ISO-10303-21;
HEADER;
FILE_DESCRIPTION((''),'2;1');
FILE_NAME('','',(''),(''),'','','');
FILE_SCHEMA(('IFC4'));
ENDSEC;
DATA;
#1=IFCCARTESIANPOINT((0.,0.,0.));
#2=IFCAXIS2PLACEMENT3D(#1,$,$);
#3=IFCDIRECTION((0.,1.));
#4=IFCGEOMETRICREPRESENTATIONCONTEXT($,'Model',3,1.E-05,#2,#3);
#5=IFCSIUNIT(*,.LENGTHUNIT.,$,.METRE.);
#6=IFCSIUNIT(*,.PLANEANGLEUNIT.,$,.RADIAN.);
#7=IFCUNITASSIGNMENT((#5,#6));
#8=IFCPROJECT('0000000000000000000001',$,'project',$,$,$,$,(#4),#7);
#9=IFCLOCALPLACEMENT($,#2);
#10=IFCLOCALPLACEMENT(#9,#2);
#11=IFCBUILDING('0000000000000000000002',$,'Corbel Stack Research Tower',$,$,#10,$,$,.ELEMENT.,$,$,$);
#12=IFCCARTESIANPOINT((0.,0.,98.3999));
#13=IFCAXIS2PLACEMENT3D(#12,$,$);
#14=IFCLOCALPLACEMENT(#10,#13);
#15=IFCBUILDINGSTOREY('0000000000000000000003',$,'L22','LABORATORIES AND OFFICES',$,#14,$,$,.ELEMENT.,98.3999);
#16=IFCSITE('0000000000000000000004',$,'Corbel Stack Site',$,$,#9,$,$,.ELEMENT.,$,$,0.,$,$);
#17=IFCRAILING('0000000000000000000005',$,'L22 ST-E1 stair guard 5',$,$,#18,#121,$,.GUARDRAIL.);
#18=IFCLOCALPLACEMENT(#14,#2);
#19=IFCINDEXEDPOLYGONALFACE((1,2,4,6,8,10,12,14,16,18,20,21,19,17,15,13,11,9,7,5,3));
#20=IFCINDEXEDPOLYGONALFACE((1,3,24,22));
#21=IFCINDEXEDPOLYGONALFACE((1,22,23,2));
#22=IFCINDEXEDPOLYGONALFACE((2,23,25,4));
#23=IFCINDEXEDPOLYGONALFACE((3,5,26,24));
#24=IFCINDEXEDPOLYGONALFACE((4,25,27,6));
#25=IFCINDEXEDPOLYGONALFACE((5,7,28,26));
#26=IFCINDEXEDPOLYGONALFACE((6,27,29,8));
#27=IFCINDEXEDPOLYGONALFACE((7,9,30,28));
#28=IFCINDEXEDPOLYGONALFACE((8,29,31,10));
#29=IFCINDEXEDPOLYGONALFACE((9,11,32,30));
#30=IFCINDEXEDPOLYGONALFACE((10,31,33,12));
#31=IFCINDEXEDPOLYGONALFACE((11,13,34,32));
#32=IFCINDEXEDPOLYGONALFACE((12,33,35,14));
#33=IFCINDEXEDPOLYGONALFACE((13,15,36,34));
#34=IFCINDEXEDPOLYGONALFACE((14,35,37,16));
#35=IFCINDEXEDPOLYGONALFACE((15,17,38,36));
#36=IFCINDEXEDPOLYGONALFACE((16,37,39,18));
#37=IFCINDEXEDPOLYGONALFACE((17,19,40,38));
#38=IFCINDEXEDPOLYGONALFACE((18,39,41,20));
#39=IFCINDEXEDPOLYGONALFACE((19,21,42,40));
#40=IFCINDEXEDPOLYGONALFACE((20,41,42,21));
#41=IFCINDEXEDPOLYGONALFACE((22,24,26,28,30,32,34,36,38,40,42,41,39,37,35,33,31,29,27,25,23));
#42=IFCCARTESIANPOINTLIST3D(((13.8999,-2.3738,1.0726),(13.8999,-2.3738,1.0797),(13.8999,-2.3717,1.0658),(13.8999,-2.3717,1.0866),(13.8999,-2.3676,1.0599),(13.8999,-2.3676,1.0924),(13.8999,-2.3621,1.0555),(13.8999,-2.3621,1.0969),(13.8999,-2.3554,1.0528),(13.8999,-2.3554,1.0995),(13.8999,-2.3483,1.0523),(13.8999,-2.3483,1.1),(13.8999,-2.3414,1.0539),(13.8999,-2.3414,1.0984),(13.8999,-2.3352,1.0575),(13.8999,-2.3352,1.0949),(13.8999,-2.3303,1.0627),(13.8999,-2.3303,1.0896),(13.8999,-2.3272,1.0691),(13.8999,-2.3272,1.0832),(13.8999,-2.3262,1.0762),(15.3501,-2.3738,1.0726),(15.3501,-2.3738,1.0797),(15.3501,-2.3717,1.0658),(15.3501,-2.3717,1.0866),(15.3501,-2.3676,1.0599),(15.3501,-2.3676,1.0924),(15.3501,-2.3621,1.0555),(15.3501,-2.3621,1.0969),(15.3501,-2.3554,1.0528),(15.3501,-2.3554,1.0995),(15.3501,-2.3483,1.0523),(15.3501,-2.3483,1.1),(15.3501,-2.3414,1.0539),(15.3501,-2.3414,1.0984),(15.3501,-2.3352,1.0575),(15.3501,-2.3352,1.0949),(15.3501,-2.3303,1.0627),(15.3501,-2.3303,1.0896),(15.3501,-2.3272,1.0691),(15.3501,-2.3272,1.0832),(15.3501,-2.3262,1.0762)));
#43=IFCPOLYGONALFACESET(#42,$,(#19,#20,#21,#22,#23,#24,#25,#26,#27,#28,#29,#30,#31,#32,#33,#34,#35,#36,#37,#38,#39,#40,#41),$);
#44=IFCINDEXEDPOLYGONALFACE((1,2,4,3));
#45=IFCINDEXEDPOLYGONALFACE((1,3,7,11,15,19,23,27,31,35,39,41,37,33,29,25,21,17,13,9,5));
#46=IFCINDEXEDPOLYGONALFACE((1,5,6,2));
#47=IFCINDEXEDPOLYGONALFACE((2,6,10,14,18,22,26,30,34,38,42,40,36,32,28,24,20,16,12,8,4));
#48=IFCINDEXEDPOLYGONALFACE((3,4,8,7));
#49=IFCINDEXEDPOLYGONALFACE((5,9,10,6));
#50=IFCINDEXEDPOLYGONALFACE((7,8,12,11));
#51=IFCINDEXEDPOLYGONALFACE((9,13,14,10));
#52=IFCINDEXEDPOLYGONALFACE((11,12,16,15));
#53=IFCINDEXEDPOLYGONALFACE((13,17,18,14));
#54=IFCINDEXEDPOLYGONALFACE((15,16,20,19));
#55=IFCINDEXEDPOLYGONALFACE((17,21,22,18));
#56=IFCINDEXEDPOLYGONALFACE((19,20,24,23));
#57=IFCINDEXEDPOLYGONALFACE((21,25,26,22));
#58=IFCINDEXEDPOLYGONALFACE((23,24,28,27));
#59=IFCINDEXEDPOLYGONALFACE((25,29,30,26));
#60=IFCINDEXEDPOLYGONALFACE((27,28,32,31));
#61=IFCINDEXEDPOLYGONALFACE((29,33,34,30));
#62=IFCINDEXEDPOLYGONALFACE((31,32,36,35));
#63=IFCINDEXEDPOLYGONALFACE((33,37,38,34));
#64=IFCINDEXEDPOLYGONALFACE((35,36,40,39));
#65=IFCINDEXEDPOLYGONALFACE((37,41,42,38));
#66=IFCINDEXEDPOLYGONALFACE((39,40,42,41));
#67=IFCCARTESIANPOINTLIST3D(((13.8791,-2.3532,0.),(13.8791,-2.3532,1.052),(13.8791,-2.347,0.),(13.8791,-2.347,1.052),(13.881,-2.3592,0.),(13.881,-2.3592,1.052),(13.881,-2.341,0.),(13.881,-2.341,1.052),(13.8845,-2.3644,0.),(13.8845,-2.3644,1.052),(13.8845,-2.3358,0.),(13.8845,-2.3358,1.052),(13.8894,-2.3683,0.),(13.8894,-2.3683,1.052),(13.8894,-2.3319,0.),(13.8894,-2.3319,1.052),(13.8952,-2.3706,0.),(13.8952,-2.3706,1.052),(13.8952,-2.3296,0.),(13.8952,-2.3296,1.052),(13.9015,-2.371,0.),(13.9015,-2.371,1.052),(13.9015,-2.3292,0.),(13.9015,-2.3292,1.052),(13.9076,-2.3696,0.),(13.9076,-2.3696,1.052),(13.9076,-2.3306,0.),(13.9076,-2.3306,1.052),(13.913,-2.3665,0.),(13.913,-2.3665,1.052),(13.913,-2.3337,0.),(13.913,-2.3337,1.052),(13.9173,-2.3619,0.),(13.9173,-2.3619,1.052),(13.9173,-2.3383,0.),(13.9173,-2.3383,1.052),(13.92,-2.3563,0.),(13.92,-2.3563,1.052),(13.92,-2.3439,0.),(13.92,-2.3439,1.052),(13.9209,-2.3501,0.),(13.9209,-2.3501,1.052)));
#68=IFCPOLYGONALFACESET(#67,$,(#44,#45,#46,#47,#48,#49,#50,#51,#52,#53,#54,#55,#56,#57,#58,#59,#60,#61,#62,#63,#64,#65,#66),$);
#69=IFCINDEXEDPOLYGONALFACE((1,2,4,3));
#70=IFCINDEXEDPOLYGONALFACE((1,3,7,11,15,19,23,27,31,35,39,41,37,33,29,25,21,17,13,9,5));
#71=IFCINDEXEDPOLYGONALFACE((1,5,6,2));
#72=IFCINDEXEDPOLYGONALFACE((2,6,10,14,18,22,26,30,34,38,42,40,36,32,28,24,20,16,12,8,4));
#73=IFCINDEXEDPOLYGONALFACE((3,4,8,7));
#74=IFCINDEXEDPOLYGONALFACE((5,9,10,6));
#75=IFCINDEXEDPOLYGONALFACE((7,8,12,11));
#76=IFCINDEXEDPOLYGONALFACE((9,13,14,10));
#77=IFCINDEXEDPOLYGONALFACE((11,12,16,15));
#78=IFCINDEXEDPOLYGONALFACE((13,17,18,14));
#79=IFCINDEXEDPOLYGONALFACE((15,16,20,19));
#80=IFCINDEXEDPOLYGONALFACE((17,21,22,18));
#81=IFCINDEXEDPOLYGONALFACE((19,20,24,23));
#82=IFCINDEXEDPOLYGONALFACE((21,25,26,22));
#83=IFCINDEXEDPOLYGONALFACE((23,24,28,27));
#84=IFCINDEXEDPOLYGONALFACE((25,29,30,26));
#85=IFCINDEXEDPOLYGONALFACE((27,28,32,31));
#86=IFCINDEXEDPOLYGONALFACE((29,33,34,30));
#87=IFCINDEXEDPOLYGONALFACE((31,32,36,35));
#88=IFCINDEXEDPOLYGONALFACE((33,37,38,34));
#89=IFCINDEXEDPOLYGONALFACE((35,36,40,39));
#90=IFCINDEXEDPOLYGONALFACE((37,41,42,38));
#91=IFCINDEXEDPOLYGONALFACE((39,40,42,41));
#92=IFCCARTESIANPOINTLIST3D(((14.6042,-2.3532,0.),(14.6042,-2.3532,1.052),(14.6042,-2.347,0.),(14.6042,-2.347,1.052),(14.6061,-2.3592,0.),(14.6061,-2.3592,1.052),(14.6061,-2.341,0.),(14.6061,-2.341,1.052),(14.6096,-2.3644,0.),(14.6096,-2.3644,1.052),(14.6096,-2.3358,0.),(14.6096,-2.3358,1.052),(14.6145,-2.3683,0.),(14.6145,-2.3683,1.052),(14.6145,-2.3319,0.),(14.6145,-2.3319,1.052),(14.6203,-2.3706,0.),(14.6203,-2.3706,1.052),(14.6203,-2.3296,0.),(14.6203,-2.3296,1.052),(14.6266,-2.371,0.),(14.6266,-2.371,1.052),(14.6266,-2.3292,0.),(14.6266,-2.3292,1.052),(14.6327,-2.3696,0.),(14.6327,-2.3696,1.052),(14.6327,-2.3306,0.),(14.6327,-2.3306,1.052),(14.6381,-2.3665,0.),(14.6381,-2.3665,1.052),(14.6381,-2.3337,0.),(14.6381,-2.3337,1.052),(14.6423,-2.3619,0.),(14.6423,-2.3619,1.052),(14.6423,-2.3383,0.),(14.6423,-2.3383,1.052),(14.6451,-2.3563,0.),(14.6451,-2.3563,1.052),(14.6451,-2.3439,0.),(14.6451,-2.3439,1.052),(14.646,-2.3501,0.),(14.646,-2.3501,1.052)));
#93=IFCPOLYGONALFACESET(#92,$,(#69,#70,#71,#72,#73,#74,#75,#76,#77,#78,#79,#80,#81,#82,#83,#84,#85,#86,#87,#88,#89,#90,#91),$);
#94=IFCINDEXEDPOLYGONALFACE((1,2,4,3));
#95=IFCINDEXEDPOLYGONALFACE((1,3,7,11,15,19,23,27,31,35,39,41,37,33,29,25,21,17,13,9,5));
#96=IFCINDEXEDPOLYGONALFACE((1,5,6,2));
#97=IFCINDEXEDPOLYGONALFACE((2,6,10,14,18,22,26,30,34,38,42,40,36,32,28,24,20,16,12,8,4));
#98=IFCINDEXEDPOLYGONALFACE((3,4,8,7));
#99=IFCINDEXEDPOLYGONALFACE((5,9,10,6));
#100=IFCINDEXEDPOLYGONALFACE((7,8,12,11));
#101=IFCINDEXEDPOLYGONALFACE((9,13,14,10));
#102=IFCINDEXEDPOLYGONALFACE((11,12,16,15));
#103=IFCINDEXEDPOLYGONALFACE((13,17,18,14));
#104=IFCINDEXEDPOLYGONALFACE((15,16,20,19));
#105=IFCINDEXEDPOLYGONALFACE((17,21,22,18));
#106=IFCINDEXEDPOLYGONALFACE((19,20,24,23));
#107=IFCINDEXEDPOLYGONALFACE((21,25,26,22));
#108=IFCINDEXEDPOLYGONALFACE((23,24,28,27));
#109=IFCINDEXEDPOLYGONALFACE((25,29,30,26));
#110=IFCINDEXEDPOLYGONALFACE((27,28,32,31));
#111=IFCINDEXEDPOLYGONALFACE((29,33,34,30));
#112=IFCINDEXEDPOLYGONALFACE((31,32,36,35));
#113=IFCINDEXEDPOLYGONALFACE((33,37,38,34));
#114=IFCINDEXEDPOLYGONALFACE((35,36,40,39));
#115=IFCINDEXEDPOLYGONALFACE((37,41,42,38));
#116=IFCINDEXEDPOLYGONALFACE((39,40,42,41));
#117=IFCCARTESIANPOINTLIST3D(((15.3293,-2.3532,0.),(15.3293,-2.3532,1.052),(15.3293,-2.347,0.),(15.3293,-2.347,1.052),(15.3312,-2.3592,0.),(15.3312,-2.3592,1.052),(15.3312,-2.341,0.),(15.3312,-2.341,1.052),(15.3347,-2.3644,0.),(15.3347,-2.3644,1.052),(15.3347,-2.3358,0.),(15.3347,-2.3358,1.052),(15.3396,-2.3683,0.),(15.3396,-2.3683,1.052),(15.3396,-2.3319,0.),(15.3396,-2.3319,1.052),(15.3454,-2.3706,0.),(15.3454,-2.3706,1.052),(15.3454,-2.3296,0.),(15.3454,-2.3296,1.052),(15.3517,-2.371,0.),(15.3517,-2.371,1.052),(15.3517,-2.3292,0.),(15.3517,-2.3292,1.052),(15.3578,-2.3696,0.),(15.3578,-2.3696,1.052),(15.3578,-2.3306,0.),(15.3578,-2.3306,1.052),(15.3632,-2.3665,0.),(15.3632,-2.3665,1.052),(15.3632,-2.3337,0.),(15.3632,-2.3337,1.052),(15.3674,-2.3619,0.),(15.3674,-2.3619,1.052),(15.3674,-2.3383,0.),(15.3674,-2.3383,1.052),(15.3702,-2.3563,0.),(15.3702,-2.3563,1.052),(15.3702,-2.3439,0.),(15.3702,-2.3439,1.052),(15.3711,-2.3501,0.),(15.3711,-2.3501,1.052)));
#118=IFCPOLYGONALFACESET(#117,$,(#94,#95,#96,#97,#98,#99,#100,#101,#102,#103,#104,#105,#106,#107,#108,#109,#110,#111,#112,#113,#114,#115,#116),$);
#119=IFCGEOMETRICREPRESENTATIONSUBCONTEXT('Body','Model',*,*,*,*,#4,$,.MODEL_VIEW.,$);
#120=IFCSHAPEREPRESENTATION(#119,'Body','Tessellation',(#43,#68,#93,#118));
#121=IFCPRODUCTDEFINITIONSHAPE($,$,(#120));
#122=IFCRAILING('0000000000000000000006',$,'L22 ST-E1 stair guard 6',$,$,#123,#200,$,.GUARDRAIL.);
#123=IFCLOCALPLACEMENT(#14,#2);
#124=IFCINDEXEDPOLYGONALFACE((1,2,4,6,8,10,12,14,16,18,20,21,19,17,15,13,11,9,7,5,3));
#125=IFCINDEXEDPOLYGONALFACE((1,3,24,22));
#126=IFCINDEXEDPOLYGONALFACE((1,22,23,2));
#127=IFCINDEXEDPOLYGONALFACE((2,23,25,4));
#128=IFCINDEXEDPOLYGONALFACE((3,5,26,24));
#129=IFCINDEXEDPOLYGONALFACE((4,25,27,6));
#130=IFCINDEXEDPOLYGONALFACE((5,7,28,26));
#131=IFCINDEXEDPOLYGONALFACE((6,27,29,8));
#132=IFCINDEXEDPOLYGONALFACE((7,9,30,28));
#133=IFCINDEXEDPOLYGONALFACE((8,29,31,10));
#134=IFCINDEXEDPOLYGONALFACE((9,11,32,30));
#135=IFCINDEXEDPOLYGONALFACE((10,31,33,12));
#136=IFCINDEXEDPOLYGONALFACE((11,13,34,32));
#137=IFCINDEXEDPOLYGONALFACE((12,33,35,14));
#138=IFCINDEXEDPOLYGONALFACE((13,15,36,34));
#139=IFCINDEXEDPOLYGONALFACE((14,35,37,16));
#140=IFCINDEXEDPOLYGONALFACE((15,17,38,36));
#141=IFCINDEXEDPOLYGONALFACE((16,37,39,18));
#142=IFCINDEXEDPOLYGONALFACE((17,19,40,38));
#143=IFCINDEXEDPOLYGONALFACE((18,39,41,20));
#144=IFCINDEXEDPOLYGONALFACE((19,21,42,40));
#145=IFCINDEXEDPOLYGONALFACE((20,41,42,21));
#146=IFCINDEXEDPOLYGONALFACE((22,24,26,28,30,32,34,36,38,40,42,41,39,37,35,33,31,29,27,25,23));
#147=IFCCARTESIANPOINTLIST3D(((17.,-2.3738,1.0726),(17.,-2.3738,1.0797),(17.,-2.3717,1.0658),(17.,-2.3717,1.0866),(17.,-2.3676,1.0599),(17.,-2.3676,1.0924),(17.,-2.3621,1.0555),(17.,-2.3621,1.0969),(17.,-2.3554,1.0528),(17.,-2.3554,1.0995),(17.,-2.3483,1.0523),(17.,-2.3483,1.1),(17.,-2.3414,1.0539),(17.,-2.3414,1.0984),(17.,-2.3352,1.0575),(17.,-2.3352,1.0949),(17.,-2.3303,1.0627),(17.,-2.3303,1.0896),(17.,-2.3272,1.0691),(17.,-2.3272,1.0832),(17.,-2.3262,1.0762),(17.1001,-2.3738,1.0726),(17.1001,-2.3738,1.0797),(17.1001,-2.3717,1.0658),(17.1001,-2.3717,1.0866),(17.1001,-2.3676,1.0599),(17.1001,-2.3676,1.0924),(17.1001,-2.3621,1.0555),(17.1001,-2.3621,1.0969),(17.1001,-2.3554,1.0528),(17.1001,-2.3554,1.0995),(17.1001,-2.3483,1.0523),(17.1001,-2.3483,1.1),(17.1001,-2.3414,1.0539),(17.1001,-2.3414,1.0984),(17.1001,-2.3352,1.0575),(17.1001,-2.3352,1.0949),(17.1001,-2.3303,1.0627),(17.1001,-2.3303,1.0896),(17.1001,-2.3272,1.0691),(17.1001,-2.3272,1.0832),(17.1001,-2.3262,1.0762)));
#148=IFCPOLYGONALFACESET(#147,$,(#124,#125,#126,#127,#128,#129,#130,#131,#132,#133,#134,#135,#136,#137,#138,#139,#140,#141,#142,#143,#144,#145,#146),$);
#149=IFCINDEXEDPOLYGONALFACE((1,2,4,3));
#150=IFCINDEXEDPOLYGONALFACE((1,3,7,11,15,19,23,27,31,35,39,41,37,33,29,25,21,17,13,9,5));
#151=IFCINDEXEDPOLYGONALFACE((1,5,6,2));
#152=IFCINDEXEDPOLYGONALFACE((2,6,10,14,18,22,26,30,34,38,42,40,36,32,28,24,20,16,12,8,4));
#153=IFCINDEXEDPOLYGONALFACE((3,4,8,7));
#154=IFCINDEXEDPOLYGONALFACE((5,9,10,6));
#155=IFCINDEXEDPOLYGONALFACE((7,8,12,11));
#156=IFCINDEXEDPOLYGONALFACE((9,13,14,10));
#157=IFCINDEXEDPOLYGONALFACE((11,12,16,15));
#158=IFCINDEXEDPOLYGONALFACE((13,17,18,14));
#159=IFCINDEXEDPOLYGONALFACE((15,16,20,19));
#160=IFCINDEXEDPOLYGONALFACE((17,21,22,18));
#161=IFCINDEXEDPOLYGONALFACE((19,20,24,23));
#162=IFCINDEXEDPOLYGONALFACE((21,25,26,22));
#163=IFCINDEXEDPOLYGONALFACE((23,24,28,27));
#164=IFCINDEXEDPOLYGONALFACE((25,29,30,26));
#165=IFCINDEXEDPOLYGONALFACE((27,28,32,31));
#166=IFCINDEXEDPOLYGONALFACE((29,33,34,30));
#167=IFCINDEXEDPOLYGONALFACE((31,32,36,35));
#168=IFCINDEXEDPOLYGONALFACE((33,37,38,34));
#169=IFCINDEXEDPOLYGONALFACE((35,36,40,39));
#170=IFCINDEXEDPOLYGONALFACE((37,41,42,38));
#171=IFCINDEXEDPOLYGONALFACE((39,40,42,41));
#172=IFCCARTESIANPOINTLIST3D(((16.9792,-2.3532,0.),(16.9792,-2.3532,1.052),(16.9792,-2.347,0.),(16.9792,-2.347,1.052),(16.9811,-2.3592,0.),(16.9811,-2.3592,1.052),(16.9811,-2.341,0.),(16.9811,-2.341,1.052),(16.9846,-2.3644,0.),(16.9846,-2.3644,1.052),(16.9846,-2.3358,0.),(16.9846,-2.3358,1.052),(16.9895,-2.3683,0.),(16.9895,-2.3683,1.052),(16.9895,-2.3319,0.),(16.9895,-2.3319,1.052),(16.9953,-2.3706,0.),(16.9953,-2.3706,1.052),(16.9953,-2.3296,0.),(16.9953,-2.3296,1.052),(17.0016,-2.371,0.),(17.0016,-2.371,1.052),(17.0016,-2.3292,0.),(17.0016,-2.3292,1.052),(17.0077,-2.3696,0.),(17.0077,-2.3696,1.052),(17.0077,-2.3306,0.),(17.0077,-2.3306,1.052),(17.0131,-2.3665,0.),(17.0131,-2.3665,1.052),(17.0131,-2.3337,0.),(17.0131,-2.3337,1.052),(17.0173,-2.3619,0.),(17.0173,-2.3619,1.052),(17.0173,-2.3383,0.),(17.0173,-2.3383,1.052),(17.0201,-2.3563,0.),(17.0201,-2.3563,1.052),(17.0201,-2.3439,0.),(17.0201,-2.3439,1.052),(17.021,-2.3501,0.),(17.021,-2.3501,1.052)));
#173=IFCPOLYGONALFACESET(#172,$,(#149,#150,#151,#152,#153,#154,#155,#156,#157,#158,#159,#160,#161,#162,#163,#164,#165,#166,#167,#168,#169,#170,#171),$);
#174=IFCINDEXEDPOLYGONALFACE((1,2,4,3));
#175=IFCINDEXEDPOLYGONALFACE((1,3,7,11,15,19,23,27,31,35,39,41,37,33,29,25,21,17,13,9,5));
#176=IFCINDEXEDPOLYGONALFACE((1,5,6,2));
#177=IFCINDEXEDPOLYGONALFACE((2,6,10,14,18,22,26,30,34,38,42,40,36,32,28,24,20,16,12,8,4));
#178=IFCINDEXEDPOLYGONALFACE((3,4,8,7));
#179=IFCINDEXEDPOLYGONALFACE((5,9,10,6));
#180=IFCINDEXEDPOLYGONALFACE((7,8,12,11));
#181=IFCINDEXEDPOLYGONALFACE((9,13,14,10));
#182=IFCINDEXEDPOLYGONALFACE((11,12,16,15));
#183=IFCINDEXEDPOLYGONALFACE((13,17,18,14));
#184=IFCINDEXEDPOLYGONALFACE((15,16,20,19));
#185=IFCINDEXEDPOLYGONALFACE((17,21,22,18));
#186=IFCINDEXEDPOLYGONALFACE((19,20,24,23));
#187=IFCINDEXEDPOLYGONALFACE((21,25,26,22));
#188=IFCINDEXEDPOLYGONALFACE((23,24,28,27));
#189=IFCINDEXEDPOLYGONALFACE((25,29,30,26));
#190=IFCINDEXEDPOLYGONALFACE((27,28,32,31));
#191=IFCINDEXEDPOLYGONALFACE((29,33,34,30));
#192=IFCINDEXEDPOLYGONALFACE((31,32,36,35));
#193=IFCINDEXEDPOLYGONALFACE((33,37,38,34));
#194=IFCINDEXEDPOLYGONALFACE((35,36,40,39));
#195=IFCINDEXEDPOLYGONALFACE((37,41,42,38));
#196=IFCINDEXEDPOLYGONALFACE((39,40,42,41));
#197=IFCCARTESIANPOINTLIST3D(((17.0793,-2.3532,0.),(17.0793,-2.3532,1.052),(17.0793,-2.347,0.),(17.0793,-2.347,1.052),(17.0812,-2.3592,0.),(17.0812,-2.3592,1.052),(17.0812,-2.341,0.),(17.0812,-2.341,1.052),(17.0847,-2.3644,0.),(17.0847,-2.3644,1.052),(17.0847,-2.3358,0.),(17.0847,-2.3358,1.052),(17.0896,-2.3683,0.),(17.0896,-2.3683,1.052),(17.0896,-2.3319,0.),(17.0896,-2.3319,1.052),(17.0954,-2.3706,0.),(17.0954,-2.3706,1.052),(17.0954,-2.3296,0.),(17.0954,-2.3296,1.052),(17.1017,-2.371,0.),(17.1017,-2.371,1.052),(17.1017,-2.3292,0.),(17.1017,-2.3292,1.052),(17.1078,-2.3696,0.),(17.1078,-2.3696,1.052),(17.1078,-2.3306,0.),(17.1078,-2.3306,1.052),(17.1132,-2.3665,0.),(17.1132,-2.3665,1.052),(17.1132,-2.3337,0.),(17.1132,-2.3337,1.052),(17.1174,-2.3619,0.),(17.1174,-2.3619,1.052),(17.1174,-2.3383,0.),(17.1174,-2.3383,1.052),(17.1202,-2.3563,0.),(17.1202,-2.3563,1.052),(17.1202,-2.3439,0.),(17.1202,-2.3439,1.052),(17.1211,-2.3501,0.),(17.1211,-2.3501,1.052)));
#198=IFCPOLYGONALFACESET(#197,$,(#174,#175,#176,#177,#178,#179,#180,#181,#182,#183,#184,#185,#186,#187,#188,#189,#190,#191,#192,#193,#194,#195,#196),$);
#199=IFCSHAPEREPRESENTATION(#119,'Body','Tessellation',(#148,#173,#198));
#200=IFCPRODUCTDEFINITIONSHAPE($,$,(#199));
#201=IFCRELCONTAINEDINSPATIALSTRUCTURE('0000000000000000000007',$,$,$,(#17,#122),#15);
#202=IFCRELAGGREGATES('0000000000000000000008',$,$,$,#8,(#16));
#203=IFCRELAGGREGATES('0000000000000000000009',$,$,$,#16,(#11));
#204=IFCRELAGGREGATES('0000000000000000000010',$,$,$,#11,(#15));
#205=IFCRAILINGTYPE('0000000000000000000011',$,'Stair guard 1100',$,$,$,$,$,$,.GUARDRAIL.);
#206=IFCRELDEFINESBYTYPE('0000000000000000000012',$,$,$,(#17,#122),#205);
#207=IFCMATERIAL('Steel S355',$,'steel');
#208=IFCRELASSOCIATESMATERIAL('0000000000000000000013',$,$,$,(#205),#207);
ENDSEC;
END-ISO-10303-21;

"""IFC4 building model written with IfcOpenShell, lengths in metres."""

from ifc_helpers import new_model, si_unit, direction, frame, origin, origin_2d, place, context, subcontext, project, spatial, circle, extrude, material, type_object, element, save


model = new_model("IFC4")

# Units and contexts
model_context = context("Model", 3, precision=1e-05, world=origin(), true_north=direction((0.0, 1.0)))
body_context = subcontext(model_context, "Body", "Model", "MODEL_VIEW")
ifc_project = project(units=[si_unit("LENGTHUNIT", "METRE"), si_unit("PLANEANGLEUNIT", "RADIAN")], contexts=[model_context])

# Site, building, storey
site_placement = place(None, origin())
site = spatial("IfcSite", under=ifc_project, at=site_placement, Name="Corbel Stack Site", CompositionType="ELEMENT", RefElevation=0.0)
building_placement = place(site_placement, origin())
building = spatial("IfcBuilding", under=site, at=building_placement, Name="Corbel Stack Research Tower", CompositionType="ELEMENT")
storey_placement = place(building_placement, frame((0.0, 0.0, 98.3999)))
storey = spatial("IfcBuildingStorey", under=building, at=storey_placement, Name="L22", Description="LABORATORIES AND OFFICES", CompositionType="ELEMENT", Elevation=98.3999)

# Railings
ifc_material_1 = material(Name="Steel S355", Category="steel")
railing_type_1 = type_object("IfcRailingType", Name="Stair guard 1100", PredefinedType="GUARDRAIL", material=ifc_material_1)
railing_1_placement = place(storey_placement, frame((13.8999, -2.3501, 0.0)))
element("IfcRailing", 1, at=railing_1_placement, inside=storey, type_object=railing_type_1, Name="L22 ST-E1 stair guard 5", PredefinedType="GUARDRAIL", context=body_context, shape_type="SweptSolid", body=[
    extrude(circle(Radius=0.0239, at=origin_2d()), frame((0.0, 0.0, 1.0762), z_axis=(1.0, 0.0, 0.0), x_axis=(0.0, 1.0, 0.0)), (0.0, 0.0, 1.0), 1.4502),
    extrude(circle(Radius=0.021, at=origin_2d()), origin(), (0.0, 0.0, 1.0), 1.052),
    extrude(circle(Radius=0.021, at=origin_2d()), frame((0.7251, 0.0, 0.0)), (0.0, 0.0, 1.0), 1.052),
    extrude(circle(Radius=0.021, at=origin_2d()), frame((1.4502, 0.0, 0.0)), (0.0, 0.0, 1.0), 1.052),
])
railing_2_placement = place(storey_placement, frame((17.0, -2.3501, 0.0)))
element("IfcRailing", 2, at=railing_2_placement, inside=storey, type_object=railing_type_1, Name="L22 ST-E1 stair guard 6", PredefinedType="GUARDRAIL", context=body_context, shape_type="SweptSolid", body=[
    extrude(circle(Radius=0.0239, at=origin_2d()), frame((0.0, 0.0, 1.0762), z_axis=(1.0, 0.0, 0.0), x_axis=(0.0, 1.0, 0.0)), (0.0, 0.0, 1.0), 0.1001),
    extrude(circle(Radius=0.021, at=origin_2d()), origin(), (0.0, 0.0, 1.0), 1.052),
    extrude(circle(Radius=0.021, at=origin_2d()), frame((0.1001, 0.0, 0.0)), (0.0, 0.0, 1.0), 1.052),
])

save(model, "model.ifc")
